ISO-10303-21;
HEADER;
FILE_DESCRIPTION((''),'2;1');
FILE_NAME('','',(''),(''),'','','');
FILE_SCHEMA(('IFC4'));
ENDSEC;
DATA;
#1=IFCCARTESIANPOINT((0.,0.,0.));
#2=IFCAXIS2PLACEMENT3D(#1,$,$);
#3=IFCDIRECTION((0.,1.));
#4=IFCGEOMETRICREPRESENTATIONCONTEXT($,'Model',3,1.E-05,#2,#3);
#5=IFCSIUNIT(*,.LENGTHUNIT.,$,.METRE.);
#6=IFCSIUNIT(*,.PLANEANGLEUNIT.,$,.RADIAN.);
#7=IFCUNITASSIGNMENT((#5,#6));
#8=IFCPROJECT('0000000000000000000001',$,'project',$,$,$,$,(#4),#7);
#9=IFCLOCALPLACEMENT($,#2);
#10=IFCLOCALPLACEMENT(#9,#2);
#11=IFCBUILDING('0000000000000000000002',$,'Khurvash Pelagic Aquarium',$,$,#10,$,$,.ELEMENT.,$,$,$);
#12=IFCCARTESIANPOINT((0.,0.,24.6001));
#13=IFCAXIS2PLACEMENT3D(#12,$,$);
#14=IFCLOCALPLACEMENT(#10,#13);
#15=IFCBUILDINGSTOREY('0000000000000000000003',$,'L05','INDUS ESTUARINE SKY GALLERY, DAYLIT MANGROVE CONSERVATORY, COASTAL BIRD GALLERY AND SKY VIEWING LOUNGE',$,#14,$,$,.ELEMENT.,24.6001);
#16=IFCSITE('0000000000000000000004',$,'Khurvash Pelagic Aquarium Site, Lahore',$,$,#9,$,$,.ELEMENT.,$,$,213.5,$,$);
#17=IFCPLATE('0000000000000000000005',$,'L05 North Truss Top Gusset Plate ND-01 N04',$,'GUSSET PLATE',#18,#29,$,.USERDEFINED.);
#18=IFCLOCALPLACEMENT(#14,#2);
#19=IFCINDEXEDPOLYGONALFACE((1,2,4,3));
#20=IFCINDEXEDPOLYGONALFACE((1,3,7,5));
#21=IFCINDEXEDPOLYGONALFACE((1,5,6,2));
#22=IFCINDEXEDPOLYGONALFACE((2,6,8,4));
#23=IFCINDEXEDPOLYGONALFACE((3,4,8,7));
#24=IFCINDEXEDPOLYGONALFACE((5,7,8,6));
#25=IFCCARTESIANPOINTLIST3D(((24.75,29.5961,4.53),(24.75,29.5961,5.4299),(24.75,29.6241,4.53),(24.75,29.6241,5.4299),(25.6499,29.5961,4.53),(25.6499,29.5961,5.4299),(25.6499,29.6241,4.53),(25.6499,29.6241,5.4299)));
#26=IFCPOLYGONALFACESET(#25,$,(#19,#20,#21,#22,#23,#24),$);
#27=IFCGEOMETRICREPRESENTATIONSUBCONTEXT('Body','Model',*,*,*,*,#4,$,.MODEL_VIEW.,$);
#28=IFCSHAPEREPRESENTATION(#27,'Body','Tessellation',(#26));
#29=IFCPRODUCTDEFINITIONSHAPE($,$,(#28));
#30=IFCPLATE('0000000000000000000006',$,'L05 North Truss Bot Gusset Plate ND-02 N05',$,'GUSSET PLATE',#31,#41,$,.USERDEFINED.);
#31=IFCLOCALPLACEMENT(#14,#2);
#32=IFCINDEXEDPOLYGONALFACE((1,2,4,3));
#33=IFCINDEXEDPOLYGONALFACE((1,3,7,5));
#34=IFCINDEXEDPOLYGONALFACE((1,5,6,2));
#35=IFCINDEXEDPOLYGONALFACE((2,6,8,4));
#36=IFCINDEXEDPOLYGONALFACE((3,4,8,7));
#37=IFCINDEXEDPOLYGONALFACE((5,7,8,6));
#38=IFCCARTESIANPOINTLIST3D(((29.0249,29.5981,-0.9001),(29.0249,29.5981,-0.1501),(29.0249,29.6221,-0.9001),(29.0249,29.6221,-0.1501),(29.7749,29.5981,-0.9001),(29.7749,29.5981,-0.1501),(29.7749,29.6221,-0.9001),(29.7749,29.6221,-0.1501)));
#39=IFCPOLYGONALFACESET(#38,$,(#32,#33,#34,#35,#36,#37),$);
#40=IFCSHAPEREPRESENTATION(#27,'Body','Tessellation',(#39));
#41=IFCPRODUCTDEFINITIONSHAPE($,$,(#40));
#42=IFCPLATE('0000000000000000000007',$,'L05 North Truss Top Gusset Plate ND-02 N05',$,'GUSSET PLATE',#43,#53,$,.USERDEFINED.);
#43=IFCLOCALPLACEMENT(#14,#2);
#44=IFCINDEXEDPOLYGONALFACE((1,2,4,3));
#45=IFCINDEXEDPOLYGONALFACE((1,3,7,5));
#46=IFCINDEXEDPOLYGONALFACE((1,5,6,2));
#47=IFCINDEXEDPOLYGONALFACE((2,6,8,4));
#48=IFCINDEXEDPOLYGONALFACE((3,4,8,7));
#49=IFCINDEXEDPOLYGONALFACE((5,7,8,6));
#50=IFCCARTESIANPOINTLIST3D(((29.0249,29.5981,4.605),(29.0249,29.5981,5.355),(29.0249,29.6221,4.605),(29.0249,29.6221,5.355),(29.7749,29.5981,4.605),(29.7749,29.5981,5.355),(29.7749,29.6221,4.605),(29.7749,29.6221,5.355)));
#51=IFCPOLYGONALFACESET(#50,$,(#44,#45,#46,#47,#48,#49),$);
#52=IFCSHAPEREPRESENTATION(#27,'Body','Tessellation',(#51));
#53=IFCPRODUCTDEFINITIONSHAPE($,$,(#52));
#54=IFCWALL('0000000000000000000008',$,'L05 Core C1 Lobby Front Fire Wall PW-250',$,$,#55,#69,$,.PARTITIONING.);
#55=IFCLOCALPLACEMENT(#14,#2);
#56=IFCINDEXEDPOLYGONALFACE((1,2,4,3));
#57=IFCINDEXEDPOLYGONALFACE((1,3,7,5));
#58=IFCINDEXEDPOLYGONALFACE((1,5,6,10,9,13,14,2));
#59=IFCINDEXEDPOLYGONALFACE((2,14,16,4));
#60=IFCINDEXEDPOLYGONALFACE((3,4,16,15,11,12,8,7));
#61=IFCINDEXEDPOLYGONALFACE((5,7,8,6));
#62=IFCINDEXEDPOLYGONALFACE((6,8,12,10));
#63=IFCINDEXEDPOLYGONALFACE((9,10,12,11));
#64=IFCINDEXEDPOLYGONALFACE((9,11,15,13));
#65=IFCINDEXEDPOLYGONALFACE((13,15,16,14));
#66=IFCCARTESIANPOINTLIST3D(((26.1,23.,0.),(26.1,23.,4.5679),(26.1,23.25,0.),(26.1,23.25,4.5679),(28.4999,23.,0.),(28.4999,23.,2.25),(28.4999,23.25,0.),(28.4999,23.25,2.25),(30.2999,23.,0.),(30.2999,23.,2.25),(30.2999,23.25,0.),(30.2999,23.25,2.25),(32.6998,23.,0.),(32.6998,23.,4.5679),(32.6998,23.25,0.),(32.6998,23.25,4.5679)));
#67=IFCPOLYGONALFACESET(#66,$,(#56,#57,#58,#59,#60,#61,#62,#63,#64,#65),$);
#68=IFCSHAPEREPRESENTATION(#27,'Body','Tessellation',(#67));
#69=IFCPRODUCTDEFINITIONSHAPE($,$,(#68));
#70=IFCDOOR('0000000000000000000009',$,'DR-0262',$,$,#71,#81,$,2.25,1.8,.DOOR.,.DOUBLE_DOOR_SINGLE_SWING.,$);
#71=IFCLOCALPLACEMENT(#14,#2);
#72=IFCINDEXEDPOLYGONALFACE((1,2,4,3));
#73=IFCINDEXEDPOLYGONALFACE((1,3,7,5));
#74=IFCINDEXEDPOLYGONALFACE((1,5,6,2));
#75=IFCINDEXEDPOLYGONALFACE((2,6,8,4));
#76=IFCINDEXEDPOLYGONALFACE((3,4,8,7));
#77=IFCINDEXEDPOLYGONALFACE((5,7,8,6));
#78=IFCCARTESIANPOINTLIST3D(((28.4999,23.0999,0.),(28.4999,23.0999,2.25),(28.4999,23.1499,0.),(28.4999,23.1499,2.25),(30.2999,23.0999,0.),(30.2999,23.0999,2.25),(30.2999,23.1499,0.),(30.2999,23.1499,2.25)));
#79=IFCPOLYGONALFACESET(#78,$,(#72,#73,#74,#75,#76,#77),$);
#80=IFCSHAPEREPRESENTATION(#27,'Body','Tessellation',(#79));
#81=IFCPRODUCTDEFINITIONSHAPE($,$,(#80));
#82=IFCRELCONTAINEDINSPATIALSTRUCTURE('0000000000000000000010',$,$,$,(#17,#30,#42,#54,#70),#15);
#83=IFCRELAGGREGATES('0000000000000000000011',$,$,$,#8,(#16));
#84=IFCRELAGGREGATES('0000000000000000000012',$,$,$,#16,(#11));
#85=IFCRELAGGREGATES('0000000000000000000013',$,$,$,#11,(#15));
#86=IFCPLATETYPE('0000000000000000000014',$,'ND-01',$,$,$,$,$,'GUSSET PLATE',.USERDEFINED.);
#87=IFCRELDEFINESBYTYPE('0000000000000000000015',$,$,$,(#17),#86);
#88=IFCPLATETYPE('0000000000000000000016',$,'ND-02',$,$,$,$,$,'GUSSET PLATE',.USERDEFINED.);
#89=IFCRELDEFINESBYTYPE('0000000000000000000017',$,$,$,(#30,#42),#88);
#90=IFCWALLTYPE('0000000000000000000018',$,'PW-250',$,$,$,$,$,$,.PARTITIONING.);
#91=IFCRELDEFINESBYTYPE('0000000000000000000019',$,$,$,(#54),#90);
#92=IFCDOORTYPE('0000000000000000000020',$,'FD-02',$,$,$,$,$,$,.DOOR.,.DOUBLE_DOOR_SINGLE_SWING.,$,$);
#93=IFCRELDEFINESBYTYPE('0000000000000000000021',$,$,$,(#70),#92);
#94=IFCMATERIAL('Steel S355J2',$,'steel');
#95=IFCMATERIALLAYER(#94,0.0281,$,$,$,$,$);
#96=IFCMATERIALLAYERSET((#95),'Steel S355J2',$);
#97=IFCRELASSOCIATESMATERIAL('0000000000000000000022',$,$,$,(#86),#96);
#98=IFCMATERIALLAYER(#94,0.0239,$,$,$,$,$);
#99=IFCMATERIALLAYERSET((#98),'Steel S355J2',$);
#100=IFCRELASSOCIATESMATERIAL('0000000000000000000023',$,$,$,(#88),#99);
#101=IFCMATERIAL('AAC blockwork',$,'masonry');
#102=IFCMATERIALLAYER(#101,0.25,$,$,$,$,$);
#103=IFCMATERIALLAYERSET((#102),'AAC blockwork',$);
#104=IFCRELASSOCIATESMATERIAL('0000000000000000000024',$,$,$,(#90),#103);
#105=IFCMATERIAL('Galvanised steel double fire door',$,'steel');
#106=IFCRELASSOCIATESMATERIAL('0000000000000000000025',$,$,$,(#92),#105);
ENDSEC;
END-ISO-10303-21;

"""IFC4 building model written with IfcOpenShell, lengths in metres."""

from ifc_helpers import new_model, si_unit, direction, frame, frame_2d, origin, origin_2d, place, context, subcontext, project, spatial, rectangle, extrude, material, layer, layer_set, type_object, element, fill, save


model = new_model("IFC4")

# Units and contexts
model_context = context("Model", 3, precision=1e-05, world=origin(), true_north=direction((0.0, 1.0)))
body_context = subcontext(model_context, "Body", "Model", "MODEL_VIEW")
ifc_project = project(units=[si_unit("LENGTHUNIT", "METRE"), si_unit("PLANEANGLEUNIT", "RADIAN")], contexts=[model_context])

# Site, building, storey
site_placement = place(None, origin())
site = spatial("IfcSite", under=ifc_project, at=site_placement, Name="Khurvash Pelagic Aquarium Site, Lahore", CompositionType="ELEMENT", RefElevation=213.5)
building_placement = place(site_placement, origin())
building = spatial("IfcBuilding", under=site, at=building_placement, Name="Khurvash Pelagic Aquarium", CompositionType="ELEMENT")
storey_placement = place(building_placement, frame((0.0, 0.0, 24.6001)))
storey = spatial("IfcBuildingStorey", under=building, at=storey_placement, Name="L05", Description="INDUS ESTUARINE SKY GALLERY, DAYLIT MANGROVE CONSERVATORY, COASTAL BIRD GALLERY AND SKY VIEWING LOUNGE", CompositionType="ELEMENT", Elevation=24.6001)

# Shared definitions
ifc_material_1 = material(Name="Steel S355J2", Category="steel")

# Plates
ifc_layer_1 = layer(ifc_material_1, 0.0281)
ifc_layer_set_1 = layer_set([ifc_layer_1], Name="Steel S355J2")
plate_type_1 = type_object("IfcPlateType", Name="ND-01", ElementType="GUSSET PLATE", PredefinedType="USERDEFINED", material=ifc_layer_set_1)
for number, where, z_axis, x_axis, name in (
    (1, (25.2, 29.6101, 4.53), (0.0, 0.0, 1.0), (1.0, 0.0, 0.0), "L05 North Truss Top Gusset Plate ND-01 N04"),
):
    element("IfcPlate", number, at=place(storey_placement, frame(where, z_axis=z_axis, x_axis=x_axis)), inside=storey, type_object=plate_type_1, Name=name, ObjectType="GUSSET PLATE", PredefinedType="USERDEFINED", context=body_context, shape_type="SweptSolid", body=[
        extrude(rectangle(XDim=0.8999, YDim=0.0281, at=origin_2d()), origin(), (0.0, 0.0, 1.0), 0.8999),
    ])
ifc_layer_2 = layer(ifc_material_1, 0.0239)
ifc_layer_set_2 = layer_set([ifc_layer_2], Name="Steel S355J2")
plate_type_2 = type_object("IfcPlateType", Name="ND-02", ElementType="GUSSET PLATE", PredefinedType="USERDEFINED", material=ifc_layer_set_2)
for number, where, z_axis, x_axis, name in (
    (2, (29.3999, 29.6101, -0.9001), (0.0, 0.0, 1.0), (1.0, 0.0, 0.0), "L05 North Truss Bot Gusset Plate ND-02 N05"),
    (3, (29.3999, 29.6101, 4.605), (0.0, 0.0, 1.0), (1.0, 0.0, 0.0), "L05 North Truss Top Gusset Plate ND-02 N05"),
):
    element("IfcPlate", number, at=place(storey_placement, frame(where, z_axis=z_axis, x_axis=x_axis)), inside=storey, type_object=plate_type_2, Name=name, ObjectType="GUSSET PLATE", PredefinedType="USERDEFINED", context=body_context, shape_type="SweptSolid", body=[
        extrude(rectangle(XDim=0.75, YDim=0.0239, at=origin_2d()), origin(), (0.0, 0.0, 1.0), 0.75),
    ])

# Wall, opening, door
ifc_material_2 = material(Name="AAC blockwork", Category="masonry")
ifc_layer_3 = layer(ifc_material_2, 0.25)
ifc_layer_set_3 = layer_set([ifc_layer_3], Name="AAC blockwork")
wall_type = type_object("IfcWallType", Name="PW-250", PredefinedType="PARTITIONING", material=ifc_layer_set_3)
wall_placement = place(storey_placement, frame((26.1001, 23.125, 0.0), z_axis=(0.0, 0.0, 1.0), x_axis=(1.0, 0.0, 0.0)))
wall = element("IfcWall", 4, at=wall_placement, inside=storey, type_object=wall_type, Name="L05 Core C1 Lobby Front Fire Wall PW-250", PredefinedType="PARTITIONING", context=body_context, shape_type="SweptSolid", body=[
    extrude(rectangle(XDim=6.5999, YDim=0.25, at=frame_2d((3.2998, 0.0))), origin(), (0.0, 0.0, 1.0), 4.5679),
])
opening_placement = place(wall_placement, frame((2.3999, 0.0, 0.0)))
opening = element("IfcOpeningElement", 5, at=opening_placement, cuts=wall, PredefinedType="OPENING", context=body_context, shape_type="SweptSolid", body=[
    extrude(rectangle(XDim=1.8, YDim=2.25, at=frame_2d((0.8999, 1.125))), frame((0.0, 0.135, 0.0), z_axis=(0.0, -1.0, 0.0), x_axis=(1.0, 0.0, 0.0)), (0.0, 0.0, 1.0), 0.27),
])
ifc_material_3 = material(Name="Galvanised steel double fire door", Category="steel")
door_type = type_object("IfcDoorType", Name="FD-02", OperationType="DOUBLE_DOOR_SINGLE_SWING", PredefinedType="DOOR", material=ifc_material_3)
door_placement = place(opening_placement, origin())
door = element("IfcDoor", 6, at=door_placement, inside=storey, type_object=door_type, Name="DR-0262", OperationType="DOUBLE_DOOR_SINGLE_SWING", OverallHeight=2.25, OverallWidth=1.8, PredefinedType="DOOR", context=body_context, shape_type="SweptSolid", body=[
    extrude(rectangle(XDim=1.8, YDim=2.25, at=frame_2d((0.8999, 1.125))), frame((0.0, 0.0249, 0.0), z_axis=(0.0, -1.0, 0.0), x_axis=(1.0, 0.0, 0.0)), (0.0, 0.0, 1.0), 0.05),
])
fill(opening, door)

save(model, "model.ifc")
